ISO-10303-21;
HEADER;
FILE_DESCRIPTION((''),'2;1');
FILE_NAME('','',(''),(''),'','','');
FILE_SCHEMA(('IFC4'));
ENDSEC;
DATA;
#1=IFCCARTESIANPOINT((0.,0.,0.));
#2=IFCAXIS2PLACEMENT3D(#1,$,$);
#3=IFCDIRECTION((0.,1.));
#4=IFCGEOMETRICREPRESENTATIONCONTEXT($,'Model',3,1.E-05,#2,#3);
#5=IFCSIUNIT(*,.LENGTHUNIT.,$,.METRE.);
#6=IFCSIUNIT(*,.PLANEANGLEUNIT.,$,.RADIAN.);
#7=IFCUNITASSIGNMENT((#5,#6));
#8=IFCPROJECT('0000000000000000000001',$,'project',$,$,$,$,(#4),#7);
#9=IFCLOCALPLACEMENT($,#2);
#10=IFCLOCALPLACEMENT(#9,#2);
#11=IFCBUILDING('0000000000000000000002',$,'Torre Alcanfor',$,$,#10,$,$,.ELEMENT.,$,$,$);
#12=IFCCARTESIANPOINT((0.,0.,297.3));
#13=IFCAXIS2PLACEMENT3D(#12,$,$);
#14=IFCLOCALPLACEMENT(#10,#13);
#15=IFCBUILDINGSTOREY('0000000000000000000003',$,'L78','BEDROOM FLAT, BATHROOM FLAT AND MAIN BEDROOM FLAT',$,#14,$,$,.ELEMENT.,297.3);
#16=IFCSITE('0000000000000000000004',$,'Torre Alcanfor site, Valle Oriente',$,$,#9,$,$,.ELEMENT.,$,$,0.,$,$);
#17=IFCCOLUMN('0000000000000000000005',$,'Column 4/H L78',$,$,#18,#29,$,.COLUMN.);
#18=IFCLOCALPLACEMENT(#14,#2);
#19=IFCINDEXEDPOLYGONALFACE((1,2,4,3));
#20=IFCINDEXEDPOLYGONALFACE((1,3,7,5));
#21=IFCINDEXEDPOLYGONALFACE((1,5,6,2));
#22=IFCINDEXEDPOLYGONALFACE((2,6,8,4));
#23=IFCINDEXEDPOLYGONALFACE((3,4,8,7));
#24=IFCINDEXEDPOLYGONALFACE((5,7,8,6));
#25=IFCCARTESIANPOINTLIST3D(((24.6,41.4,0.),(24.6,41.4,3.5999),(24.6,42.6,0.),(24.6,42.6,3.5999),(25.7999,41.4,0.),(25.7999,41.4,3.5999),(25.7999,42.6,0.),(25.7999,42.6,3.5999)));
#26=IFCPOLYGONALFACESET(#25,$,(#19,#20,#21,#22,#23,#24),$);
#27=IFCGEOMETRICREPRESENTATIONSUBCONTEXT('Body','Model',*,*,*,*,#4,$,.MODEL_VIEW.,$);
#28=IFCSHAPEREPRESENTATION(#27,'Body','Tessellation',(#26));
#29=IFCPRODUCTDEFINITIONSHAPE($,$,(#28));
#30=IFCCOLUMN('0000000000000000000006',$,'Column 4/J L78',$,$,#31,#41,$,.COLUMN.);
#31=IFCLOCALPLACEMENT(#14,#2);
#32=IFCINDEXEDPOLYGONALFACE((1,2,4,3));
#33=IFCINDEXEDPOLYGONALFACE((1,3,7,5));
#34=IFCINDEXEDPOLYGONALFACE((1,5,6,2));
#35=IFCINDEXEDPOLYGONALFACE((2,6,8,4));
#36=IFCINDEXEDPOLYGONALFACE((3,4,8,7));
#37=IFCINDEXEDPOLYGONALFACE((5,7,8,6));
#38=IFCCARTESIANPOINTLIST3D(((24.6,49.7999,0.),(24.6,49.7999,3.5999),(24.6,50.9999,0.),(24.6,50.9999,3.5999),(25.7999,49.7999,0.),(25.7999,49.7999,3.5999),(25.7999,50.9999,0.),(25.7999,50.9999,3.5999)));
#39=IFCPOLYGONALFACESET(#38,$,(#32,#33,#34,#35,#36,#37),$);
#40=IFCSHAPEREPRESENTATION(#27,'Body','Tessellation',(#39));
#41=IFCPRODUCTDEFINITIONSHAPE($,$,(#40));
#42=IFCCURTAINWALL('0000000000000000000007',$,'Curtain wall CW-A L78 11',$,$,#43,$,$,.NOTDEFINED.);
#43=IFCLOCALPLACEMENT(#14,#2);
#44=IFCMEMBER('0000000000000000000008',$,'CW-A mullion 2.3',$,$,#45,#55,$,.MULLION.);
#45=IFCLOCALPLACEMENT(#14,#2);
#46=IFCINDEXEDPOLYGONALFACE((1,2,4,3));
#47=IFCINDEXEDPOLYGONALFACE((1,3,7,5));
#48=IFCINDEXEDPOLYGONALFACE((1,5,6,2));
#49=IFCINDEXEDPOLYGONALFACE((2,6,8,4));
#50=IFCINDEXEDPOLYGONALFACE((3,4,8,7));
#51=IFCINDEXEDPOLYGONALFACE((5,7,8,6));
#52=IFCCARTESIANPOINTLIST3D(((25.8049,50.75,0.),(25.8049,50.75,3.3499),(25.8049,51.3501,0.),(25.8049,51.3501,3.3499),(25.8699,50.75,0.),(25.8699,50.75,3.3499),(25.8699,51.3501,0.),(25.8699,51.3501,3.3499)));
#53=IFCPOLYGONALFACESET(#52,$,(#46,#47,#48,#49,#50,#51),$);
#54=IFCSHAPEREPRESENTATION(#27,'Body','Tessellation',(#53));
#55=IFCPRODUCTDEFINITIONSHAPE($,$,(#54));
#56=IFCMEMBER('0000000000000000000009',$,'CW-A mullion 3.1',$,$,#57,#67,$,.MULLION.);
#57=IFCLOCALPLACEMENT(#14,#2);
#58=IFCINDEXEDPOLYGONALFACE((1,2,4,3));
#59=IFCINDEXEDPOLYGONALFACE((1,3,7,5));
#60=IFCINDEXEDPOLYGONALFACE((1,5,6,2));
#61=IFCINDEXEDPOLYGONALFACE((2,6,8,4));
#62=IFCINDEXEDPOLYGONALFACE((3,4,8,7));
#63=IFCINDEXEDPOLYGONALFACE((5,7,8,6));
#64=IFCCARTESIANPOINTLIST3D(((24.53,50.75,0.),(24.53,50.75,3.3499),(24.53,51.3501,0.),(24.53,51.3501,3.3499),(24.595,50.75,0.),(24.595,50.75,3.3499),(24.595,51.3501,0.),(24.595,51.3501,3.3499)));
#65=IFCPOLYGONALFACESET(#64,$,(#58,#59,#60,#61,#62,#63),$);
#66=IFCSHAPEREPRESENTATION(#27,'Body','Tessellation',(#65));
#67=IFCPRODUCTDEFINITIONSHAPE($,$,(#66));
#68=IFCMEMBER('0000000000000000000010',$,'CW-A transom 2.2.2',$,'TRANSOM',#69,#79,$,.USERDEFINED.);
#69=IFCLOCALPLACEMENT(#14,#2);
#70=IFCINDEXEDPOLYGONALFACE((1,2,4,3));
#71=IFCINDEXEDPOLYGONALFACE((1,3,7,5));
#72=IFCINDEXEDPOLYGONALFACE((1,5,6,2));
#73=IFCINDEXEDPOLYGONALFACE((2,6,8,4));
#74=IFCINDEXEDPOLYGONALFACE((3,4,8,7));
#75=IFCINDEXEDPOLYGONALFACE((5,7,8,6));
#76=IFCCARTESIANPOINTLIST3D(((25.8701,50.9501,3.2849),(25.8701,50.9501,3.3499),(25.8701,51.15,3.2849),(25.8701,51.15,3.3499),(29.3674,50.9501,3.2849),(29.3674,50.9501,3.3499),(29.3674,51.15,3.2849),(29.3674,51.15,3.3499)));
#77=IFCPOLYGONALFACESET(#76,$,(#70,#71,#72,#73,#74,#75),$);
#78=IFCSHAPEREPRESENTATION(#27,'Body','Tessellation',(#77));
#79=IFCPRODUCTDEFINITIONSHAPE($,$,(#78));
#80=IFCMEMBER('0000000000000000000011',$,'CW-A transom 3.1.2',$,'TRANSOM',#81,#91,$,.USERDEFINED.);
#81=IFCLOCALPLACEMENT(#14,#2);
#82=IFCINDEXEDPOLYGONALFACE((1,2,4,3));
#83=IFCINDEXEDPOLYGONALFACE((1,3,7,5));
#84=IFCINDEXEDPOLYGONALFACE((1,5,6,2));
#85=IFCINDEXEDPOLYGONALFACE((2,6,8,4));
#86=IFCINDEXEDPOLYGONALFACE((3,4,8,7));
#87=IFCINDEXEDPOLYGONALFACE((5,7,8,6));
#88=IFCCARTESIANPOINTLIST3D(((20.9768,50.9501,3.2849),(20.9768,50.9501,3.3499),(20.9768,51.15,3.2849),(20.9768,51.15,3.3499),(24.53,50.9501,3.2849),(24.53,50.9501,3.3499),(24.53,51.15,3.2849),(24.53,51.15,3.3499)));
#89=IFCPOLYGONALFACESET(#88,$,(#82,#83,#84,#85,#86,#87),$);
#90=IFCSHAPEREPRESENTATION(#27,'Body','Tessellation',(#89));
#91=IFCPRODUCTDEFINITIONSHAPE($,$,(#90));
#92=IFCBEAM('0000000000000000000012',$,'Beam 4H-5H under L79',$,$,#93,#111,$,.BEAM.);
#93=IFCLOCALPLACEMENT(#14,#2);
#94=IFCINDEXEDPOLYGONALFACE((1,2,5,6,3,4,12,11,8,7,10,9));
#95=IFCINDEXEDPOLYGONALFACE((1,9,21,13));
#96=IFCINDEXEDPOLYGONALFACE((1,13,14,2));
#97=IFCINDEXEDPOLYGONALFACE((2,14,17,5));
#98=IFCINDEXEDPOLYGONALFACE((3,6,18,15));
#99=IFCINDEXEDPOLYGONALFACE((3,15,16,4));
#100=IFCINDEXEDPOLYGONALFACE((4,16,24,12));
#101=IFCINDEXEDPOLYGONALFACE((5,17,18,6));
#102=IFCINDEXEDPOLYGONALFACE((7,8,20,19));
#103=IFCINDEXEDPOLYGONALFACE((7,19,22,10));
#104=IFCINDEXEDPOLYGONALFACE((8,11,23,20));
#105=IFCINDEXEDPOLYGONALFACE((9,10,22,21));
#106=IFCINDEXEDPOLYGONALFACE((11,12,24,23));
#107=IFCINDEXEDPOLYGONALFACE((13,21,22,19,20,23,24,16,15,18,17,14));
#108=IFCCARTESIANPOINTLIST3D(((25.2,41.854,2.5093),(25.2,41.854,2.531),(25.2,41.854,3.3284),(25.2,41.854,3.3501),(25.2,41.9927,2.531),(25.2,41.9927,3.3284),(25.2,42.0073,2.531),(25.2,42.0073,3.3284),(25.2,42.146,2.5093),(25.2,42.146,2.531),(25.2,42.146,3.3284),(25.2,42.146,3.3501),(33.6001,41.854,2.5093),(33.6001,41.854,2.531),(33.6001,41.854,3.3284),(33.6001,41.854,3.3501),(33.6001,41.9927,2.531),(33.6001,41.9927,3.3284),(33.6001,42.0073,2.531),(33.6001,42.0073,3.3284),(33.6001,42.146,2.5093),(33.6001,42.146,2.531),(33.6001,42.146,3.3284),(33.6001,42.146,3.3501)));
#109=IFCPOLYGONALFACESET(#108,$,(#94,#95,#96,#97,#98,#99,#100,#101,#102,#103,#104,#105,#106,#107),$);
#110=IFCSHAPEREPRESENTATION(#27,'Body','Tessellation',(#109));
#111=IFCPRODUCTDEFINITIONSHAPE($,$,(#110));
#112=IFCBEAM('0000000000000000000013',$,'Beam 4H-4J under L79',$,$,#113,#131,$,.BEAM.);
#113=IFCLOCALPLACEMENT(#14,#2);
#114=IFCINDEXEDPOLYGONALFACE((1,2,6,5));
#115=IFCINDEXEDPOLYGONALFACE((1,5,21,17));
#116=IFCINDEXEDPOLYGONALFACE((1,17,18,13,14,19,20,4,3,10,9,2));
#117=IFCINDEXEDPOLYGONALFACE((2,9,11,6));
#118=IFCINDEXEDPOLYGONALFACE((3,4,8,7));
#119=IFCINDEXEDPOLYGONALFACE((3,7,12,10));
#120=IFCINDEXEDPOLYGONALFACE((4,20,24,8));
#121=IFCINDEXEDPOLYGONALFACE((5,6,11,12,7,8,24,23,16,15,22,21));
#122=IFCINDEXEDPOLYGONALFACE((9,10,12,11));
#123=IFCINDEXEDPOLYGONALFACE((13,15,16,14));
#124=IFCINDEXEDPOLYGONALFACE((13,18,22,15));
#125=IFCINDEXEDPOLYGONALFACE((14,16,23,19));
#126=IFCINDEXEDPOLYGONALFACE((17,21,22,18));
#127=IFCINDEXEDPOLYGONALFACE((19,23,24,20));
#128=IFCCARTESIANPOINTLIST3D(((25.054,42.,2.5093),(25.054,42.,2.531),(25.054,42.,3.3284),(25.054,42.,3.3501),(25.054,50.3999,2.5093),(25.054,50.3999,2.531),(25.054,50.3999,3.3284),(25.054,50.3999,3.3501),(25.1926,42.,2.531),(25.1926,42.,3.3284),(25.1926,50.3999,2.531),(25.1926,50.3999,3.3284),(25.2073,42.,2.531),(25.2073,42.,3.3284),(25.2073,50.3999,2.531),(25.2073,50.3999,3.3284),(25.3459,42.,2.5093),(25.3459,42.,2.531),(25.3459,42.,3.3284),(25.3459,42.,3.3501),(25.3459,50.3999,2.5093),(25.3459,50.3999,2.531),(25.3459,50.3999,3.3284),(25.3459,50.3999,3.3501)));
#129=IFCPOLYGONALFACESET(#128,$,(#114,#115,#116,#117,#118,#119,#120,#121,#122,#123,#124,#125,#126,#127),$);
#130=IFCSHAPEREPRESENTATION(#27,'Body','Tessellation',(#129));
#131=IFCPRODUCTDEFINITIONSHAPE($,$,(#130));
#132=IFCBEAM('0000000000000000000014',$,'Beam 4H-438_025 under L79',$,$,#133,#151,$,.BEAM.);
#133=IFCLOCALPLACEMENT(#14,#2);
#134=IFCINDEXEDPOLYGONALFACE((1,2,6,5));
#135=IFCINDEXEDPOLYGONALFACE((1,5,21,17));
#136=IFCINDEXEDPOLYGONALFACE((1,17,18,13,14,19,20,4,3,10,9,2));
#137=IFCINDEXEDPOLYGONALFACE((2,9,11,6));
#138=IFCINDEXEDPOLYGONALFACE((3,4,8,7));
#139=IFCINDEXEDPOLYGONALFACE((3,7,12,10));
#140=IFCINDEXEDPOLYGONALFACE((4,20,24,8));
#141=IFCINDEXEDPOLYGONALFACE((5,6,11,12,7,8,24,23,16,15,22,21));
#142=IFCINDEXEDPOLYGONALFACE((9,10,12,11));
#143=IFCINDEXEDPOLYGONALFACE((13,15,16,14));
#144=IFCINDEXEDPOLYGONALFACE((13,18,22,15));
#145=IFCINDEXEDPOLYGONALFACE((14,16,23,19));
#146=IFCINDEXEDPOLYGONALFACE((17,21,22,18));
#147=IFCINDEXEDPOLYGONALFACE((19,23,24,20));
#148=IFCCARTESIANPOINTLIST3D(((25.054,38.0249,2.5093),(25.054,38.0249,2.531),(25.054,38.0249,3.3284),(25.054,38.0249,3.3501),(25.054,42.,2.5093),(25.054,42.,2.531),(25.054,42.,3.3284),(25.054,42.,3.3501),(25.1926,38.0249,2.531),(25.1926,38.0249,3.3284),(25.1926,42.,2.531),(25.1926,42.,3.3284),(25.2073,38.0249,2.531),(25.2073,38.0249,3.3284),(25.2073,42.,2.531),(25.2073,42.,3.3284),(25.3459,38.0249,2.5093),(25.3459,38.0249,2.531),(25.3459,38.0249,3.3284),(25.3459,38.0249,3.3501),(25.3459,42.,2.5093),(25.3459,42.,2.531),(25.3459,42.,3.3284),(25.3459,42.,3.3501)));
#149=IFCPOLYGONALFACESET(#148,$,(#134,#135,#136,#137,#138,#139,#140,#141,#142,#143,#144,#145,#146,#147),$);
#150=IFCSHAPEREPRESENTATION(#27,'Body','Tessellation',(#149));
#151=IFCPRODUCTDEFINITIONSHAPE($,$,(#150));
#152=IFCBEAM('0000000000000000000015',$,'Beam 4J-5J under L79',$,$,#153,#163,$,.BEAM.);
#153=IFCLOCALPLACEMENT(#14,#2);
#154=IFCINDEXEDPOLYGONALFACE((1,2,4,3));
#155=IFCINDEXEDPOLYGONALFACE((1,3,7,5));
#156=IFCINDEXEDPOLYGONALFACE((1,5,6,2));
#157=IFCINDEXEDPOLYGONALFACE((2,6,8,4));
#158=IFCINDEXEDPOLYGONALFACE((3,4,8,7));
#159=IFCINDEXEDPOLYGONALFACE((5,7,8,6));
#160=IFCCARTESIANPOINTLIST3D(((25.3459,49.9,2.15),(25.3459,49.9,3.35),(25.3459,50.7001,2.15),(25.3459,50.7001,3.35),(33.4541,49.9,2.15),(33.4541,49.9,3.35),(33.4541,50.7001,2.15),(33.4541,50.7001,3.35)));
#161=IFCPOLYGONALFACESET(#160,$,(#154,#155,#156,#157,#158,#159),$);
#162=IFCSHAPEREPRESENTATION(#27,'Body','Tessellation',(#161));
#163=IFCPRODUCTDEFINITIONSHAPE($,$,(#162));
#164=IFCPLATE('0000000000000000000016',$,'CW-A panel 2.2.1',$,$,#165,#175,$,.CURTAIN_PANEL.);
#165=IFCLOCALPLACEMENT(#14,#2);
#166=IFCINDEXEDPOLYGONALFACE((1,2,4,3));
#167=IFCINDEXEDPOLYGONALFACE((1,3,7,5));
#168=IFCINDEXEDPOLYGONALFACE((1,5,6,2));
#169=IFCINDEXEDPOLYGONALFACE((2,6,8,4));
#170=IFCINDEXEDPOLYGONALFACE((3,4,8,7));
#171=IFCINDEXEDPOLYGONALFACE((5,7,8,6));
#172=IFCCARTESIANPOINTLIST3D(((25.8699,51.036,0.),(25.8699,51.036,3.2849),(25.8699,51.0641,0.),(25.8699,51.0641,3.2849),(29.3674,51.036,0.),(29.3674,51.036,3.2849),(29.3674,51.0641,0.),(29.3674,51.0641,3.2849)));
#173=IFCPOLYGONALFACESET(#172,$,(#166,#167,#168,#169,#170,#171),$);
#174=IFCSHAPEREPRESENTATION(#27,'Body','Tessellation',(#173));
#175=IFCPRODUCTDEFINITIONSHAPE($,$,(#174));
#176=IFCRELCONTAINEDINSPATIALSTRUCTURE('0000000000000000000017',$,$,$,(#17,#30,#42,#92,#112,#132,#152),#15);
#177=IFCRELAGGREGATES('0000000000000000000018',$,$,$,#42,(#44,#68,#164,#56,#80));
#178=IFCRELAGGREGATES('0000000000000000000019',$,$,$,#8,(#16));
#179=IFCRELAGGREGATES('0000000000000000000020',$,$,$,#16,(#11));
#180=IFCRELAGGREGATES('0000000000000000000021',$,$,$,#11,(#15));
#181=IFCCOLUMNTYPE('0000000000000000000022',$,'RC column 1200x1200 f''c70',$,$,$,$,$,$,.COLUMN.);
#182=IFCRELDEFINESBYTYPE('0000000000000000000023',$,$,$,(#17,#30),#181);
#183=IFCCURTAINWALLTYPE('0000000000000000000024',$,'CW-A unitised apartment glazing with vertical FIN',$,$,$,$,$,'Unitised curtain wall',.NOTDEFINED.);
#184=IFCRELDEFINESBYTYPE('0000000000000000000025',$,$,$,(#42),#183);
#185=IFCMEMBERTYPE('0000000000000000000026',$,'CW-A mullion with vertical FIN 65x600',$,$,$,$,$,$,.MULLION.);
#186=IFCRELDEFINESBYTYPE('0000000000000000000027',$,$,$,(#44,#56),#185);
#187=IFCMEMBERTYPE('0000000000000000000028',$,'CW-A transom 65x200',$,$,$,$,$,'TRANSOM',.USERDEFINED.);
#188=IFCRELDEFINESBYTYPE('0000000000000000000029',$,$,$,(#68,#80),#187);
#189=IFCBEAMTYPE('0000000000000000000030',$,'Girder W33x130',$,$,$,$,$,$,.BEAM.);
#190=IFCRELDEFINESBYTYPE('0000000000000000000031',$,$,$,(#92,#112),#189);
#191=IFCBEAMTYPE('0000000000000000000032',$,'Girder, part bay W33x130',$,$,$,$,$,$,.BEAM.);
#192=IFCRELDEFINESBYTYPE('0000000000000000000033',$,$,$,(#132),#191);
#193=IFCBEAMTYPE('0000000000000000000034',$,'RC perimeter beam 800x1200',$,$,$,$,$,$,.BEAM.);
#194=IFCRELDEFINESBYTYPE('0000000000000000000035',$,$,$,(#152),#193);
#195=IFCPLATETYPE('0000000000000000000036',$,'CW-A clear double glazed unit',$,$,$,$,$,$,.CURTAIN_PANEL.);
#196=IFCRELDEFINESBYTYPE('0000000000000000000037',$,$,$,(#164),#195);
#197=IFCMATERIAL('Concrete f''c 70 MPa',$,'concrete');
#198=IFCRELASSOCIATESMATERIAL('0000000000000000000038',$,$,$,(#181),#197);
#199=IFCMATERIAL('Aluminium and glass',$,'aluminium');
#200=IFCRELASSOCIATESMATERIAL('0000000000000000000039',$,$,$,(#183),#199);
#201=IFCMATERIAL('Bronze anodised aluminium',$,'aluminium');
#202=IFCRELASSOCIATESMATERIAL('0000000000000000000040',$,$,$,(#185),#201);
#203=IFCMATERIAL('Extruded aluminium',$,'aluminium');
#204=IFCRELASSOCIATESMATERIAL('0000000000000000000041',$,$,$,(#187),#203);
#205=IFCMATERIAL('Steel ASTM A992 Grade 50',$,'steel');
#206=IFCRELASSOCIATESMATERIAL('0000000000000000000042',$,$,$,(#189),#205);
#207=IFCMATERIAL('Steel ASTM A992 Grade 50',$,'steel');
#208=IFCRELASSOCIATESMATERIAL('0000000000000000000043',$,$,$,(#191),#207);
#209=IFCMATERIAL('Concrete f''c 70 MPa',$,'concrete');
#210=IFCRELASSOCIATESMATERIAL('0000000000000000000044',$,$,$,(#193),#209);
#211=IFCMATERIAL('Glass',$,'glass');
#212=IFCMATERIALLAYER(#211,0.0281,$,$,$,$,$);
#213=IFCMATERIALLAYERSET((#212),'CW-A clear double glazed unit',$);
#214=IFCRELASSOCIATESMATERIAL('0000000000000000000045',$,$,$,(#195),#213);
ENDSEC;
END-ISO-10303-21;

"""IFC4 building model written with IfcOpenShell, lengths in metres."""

from ifc_helpers import new_model, si_unit, direction, frame, origin, origin_2d, place, context, subcontext, project, spatial, rectangle, i_section, extrude, material, layer, layer_set, material_profile, profile_set, type_object, element, aggregate, save


model = new_model("IFC4")

# Units and contexts
model_context = context("Model", 3, precision=1e-05, world=origin(), true_north=direction((0.0, 1.0)))
body_context = subcontext(model_context, "Body", "Model", "MODEL_VIEW")
ifc_project = project(units=[si_unit("LENGTHUNIT", "METRE"), si_unit("PLANEANGLEUNIT", "RADIAN")], contexts=[model_context])

# Site, building, storey
site_placement = place(None, origin())
site = spatial("IfcSite", under=ifc_project, at=site_placement, Name="Torre Alcanfor site, Valle Oriente", CompositionType="ELEMENT", RefElevation=0.0)
building_placement = place(site_placement, origin())
building = spatial("IfcBuilding", under=site, at=building_placement, Name="Torre Alcanfor", CompositionType="ELEMENT")
storey_placement = place(building_placement, frame((0.0, 0.0, 297.3)))
storey = spatial("IfcBuildingStorey", under=building, at=storey_placement, Name="L78", Description="BEDROOM FLAT, BATHROOM FLAT AND MAIN BEDROOM FLAT", CompositionType="ELEMENT", Elevation=297.3)

# Columns
ifc_material_1 = material(Name="Concrete f'c 70 MPa", Category="concrete")
ifc_material_profile_1 = material_profile(ifc_material_1, rectangle(XDim=1.2, YDim=1.2, at=origin_2d()), Name="1200x1200")
ifc_profile_set_1 = profile_set([ifc_material_profile_1], Name="Concrete f'c 70 MPa")
column_type = type_object("IfcColumnType", Name="RC column 1200x1200 f'c70", PredefinedType="COLUMN", material=ifc_profile_set_1)
for number, where, z_axis, x_axis, name in (
    (1, (25.2, 42.0, 0.0), (0.0, 0.0, 1.0), (1.0, 0.0, 0.0), "Column 4/H L78"),
    (2, (25.2, 50.3999, 0.0), (0.0, 0.0, 1.0), (1.0, 0.0, 0.0), "Column 4/J L78"),
):
    element("IfcColumn", number, at=place(storey_placement, frame(where, z_axis=z_axis, x_axis=x_axis)), inside=storey, type_object=column_type, Name=name, PredefinedType="COLUMN", context=body_context, shape_type="SweptSolid", body=[
        extrude(rectangle(XDim=1.2, YDim=1.2, at=origin_2d()), origin(), (0.0, 0.0, 1.0), 3.5999),
    ])

# Curtain wall, members
ifc_material_2 = material(Name="Aluminium and glass", Category="aluminium")
curtain_wall_type = type_object("IfcCurtainWallType", Name="CW-A unitised apartment glazing with vertical FIN", ElementType="Unitised curtain wall", PredefinedType="NOTDEFINED", material=ifc_material_2)
curtain_wall_placement = place(storey_placement, origin())
curtain_wall = element("IfcCurtainWall", 3, at=curtain_wall_placement, inside=storey, type_object=curtain_wall_type, Name="Curtain wall CW-A L78 11", PredefinedType="NOTDEFINED")
ifc_material_3 = material(Name="Bronze anodised aluminium", Category="aluminium")
ifc_material_profile_2 = material_profile(ifc_material_3, rectangle(XDim=0.6001, YDim=0.0649, at=origin_2d()), Name="CW-A mullion 65x600")
ifc_profile_set_2 = profile_set([ifc_material_profile_2], Name="Bronze anodised aluminium")
member_type_1 = type_object("IfcMemberType", Name="CW-A mullion with vertical FIN 65x600", PredefinedType="MULLION", material=ifc_profile_set_2)
member_1_placement = place(storey_placement, frame((25.8374, 51.05, 0.0), z_axis=(0.0, 0.0, 1.0), x_axis=(0.0, -1.0, 0.0)))
member_1 = element("IfcMember", 4, at=member_1_placement, type_object=member_type_1, Name="CW-A mullion 2.3", PredefinedType="MULLION", context=body_context, shape_type="SweptSolid", body=[
    extrude(rectangle(XDim=0.6001, YDim=0.0649, at=origin_2d()), origin(), (0.0, 0.0, 1.0), 3.3499),
])
member_2_placement = place(storey_placement, frame((24.5625, 51.05, 0.0), z_axis=(0.0, 0.0, 1.0), x_axis=(0.0, -1.0, 0.0)))
member_2 = element("IfcMember", 5, at=member_2_placement, type_object=member_type_1, Name="CW-A mullion 3.1", PredefinedType="MULLION", context=body_context, shape_type="SweptSolid", body=[
    extrude(rectangle(XDim=0.6001, YDim=0.0649, at=origin_2d()), origin(), (0.0, 0.0, 1.0), 3.3499),
])
ifc_material_4 = material(Name="Extruded aluminium", Category="aluminium")
ifc_material_profile_3 = material_profile(ifc_material_4, rectangle(XDim=0.2, YDim=0.0649, at=origin_2d()), Name="CW-A transom 200x65")
ifc_profile_set_3 = profile_set([ifc_material_profile_3], Name="Extruded aluminium")
member_type_2 = type_object("IfcMemberType", Name="CW-A transom 65x200", ElementType="TRANSOM", PredefinedType="USERDEFINED", material=ifc_profile_set_3)
member_3_placement = place(storey_placement, frame((29.3674, 51.05, 3.3174), z_axis=(-1.0, 0.0, 0.0), x_axis=(0.0, -1.0, 0.0)))
member_3 = element("IfcMember", 6, at=member_3_placement, type_object=member_type_2, Name="CW-A transom 2.2.2", ObjectType="TRANSOM", PredefinedType="USERDEFINED", context=body_context, shape_type="SweptSolid", body=[
    extrude(rectangle(XDim=0.2, YDim=0.0649, at=origin_2d()), origin(), (0.0, 0.0, 1.0), 3.4973),
])
member_4_placement = place(storey_placement, frame((24.53, 51.05, 3.3174), z_axis=(-1.0, 0.0, 0.0), x_axis=(0.0, -1.0, 0.0)))
member_4 = element("IfcMember", 7, at=member_4_placement, type_object=member_type_2, Name="CW-A transom 3.1.2", ObjectType="TRANSOM", PredefinedType="USERDEFINED", context=body_context, shape_type="SweptSolid", body=[
    extrude(rectangle(XDim=0.2, YDim=0.0649, at=origin_2d()), origin(), (0.0, 0.0, 1.0), 3.5532),
])

# Beams
ifc_material_5 = material(Name="Steel ASTM A992 Grade 50", Category="steel")
ifc_material_profile_4 = material_profile(ifc_material_5, i_section(OverallWidth=0.292, OverallDepth=0.8408, WebThickness=0.0146, FlangeThickness=0.0217, at=origin_2d()), Name="W33x130")
ifc_profile_set_4 = profile_set([ifc_material_profile_4], Name="Steel ASTM A992 Grade 50")
beam_type_1 = type_object("IfcBeamType", Name="Girder W33x130", PredefinedType="BEAM", material=ifc_profile_set_4)
beam_1_placement = place(storey_placement, frame((25.2, 42.0, 2.9297), z_axis=(1.0, 0.0, 0.0), x_axis=(0.0, 1.0, 0.0)))
element("IfcBeam", 8, at=beam_1_placement, inside=storey, type_object=beam_type_1, Name="Beam 4H-5H under L79", PredefinedType="BEAM", context=body_context, shape_type="SweptSolid", body=[
    extrude(i_section(OverallWidth=0.292, OverallDepth=0.8408, WebThickness=0.0146, FlangeThickness=0.0217, at=origin_2d()), origin(), (0.0, 0.0, 1.0), 8.4001),
])
beam_2_placement = place(storey_placement, frame((25.2, 42.0, 2.9297), z_axis=(0.0, 1.0, 0.0), x_axis=(-1.0, 0.0, 0.0)))
element("IfcBeam", 9, at=beam_2_placement, inside=storey, type_object=beam_type_1, Name="Beam 4H-4J under L79", PredefinedType="BEAM", context=body_context, shape_type="SweptSolid", body=[
    extrude(i_section(OverallWidth=0.292, OverallDepth=0.8408, WebThickness=0.0146, FlangeThickness=0.0217, at=origin_2d()), origin(), (0.0, 0.0, 1.0), 8.3999),
])
ifc_material_6 = material(Name="Steel ASTM A992 Grade 50", Category="steel")
ifc_material_profile_5 = material_profile(ifc_material_6, i_section(OverallWidth=0.292, OverallDepth=0.8408, WebThickness=0.0146, FlangeThickness=0.0217, at=origin_2d()), Name="W33x130")
ifc_profile_set_5 = profile_set([ifc_material_profile_5], Name="Steel ASTM A992 Grade 50")
beam_type_2 = type_object("IfcBeamType", Name="Girder, part bay W33x130", PredefinedType="BEAM", material=ifc_profile_set_5)
beam_3_placement = place(storey_placement, frame((25.2, 42.0, 2.9297), z_axis=(0.0, -1.0, 0.0), x_axis=(1.0, 0.0, 0.0)))
element("IfcBeam", 10, at=beam_3_placement, inside=storey, type_object=beam_type_2, Name="Beam 4H-438_025 under L79", PredefinedType="BEAM", context=body_context, shape_type="SweptSolid", body=[
    extrude(i_section(OverallWidth=0.292, OverallDepth=0.8408, WebThickness=0.0146, FlangeThickness=0.0217, at=origin_2d()), origin(), (0.0, 0.0, 1.0), 3.9751),
])
ifc_material_7 = material(Name="Concrete f'c 70 MPa", Category="concrete")
ifc_material_profile_6 = material_profile(ifc_material_7, rectangle(XDim=0.8, YDim=1.2, at=origin_2d()), Name="800x1200")
ifc_profile_set_6 = profile_set([ifc_material_profile_6], Name="Concrete f'c 70 MPa")
beam_type_3 = type_object("IfcBeamType", Name="RC perimeter beam 800x1200", PredefinedType="BEAM", material=ifc_profile_set_6)
beam_4_placement = place(storey_placement, frame((25.3459, 50.3, 2.75), z_axis=(1.0, 0.0, 0.0), x_axis=(0.0, 1.0, 0.0)))
element("IfcBeam", 11, at=beam_4_placement, inside=storey, type_object=beam_type_3, Name="Beam 4J-5J under L79", PredefinedType="BEAM", context=body_context, shape_type="SweptSolid", body=[
    extrude(rectangle(XDim=0.8, YDim=1.2, at=origin_2d()), origin(), (0.0, 0.0, 1.0), 8.1082),
])

# Plate
ifc_material_8 = material(Name="Glass", Category="glass")
ifc_layer_1 = layer(ifc_material_8, 0.0281)
ifc_layer_set_1 = layer_set([ifc_layer_1], Name="CW-A clear double glazed unit")
plate_type = type_object("IfcPlateType", Name="CW-A clear double glazed unit", PredefinedType="CURTAIN_PANEL", material=ifc_layer_set_1)
plate_1_placement = place(storey_placement, frame((27.6187, 51.05, 0.0), z_axis=(0.0, 0.0, 1.0), x_axis=(-1.0, 0.0, 0.0)))
plate_1 = element("IfcPlate", 12, at=plate_1_placement, type_object=plate_type, Name="CW-A panel 2.2.1", PredefinedType="CURTAIN_PANEL", context=body_context, shape_type="SweptSolid", body=[
    extrude(rectangle(XDim=3.4976, YDim=0.0281, at=origin_2d()), origin(), (0.0, 0.0, 1.0), 3.2849),
])
aggregate(curtain_wall, [member_1, member_3, plate_1, member_2, member_4])

save(model, "model.ifc")
